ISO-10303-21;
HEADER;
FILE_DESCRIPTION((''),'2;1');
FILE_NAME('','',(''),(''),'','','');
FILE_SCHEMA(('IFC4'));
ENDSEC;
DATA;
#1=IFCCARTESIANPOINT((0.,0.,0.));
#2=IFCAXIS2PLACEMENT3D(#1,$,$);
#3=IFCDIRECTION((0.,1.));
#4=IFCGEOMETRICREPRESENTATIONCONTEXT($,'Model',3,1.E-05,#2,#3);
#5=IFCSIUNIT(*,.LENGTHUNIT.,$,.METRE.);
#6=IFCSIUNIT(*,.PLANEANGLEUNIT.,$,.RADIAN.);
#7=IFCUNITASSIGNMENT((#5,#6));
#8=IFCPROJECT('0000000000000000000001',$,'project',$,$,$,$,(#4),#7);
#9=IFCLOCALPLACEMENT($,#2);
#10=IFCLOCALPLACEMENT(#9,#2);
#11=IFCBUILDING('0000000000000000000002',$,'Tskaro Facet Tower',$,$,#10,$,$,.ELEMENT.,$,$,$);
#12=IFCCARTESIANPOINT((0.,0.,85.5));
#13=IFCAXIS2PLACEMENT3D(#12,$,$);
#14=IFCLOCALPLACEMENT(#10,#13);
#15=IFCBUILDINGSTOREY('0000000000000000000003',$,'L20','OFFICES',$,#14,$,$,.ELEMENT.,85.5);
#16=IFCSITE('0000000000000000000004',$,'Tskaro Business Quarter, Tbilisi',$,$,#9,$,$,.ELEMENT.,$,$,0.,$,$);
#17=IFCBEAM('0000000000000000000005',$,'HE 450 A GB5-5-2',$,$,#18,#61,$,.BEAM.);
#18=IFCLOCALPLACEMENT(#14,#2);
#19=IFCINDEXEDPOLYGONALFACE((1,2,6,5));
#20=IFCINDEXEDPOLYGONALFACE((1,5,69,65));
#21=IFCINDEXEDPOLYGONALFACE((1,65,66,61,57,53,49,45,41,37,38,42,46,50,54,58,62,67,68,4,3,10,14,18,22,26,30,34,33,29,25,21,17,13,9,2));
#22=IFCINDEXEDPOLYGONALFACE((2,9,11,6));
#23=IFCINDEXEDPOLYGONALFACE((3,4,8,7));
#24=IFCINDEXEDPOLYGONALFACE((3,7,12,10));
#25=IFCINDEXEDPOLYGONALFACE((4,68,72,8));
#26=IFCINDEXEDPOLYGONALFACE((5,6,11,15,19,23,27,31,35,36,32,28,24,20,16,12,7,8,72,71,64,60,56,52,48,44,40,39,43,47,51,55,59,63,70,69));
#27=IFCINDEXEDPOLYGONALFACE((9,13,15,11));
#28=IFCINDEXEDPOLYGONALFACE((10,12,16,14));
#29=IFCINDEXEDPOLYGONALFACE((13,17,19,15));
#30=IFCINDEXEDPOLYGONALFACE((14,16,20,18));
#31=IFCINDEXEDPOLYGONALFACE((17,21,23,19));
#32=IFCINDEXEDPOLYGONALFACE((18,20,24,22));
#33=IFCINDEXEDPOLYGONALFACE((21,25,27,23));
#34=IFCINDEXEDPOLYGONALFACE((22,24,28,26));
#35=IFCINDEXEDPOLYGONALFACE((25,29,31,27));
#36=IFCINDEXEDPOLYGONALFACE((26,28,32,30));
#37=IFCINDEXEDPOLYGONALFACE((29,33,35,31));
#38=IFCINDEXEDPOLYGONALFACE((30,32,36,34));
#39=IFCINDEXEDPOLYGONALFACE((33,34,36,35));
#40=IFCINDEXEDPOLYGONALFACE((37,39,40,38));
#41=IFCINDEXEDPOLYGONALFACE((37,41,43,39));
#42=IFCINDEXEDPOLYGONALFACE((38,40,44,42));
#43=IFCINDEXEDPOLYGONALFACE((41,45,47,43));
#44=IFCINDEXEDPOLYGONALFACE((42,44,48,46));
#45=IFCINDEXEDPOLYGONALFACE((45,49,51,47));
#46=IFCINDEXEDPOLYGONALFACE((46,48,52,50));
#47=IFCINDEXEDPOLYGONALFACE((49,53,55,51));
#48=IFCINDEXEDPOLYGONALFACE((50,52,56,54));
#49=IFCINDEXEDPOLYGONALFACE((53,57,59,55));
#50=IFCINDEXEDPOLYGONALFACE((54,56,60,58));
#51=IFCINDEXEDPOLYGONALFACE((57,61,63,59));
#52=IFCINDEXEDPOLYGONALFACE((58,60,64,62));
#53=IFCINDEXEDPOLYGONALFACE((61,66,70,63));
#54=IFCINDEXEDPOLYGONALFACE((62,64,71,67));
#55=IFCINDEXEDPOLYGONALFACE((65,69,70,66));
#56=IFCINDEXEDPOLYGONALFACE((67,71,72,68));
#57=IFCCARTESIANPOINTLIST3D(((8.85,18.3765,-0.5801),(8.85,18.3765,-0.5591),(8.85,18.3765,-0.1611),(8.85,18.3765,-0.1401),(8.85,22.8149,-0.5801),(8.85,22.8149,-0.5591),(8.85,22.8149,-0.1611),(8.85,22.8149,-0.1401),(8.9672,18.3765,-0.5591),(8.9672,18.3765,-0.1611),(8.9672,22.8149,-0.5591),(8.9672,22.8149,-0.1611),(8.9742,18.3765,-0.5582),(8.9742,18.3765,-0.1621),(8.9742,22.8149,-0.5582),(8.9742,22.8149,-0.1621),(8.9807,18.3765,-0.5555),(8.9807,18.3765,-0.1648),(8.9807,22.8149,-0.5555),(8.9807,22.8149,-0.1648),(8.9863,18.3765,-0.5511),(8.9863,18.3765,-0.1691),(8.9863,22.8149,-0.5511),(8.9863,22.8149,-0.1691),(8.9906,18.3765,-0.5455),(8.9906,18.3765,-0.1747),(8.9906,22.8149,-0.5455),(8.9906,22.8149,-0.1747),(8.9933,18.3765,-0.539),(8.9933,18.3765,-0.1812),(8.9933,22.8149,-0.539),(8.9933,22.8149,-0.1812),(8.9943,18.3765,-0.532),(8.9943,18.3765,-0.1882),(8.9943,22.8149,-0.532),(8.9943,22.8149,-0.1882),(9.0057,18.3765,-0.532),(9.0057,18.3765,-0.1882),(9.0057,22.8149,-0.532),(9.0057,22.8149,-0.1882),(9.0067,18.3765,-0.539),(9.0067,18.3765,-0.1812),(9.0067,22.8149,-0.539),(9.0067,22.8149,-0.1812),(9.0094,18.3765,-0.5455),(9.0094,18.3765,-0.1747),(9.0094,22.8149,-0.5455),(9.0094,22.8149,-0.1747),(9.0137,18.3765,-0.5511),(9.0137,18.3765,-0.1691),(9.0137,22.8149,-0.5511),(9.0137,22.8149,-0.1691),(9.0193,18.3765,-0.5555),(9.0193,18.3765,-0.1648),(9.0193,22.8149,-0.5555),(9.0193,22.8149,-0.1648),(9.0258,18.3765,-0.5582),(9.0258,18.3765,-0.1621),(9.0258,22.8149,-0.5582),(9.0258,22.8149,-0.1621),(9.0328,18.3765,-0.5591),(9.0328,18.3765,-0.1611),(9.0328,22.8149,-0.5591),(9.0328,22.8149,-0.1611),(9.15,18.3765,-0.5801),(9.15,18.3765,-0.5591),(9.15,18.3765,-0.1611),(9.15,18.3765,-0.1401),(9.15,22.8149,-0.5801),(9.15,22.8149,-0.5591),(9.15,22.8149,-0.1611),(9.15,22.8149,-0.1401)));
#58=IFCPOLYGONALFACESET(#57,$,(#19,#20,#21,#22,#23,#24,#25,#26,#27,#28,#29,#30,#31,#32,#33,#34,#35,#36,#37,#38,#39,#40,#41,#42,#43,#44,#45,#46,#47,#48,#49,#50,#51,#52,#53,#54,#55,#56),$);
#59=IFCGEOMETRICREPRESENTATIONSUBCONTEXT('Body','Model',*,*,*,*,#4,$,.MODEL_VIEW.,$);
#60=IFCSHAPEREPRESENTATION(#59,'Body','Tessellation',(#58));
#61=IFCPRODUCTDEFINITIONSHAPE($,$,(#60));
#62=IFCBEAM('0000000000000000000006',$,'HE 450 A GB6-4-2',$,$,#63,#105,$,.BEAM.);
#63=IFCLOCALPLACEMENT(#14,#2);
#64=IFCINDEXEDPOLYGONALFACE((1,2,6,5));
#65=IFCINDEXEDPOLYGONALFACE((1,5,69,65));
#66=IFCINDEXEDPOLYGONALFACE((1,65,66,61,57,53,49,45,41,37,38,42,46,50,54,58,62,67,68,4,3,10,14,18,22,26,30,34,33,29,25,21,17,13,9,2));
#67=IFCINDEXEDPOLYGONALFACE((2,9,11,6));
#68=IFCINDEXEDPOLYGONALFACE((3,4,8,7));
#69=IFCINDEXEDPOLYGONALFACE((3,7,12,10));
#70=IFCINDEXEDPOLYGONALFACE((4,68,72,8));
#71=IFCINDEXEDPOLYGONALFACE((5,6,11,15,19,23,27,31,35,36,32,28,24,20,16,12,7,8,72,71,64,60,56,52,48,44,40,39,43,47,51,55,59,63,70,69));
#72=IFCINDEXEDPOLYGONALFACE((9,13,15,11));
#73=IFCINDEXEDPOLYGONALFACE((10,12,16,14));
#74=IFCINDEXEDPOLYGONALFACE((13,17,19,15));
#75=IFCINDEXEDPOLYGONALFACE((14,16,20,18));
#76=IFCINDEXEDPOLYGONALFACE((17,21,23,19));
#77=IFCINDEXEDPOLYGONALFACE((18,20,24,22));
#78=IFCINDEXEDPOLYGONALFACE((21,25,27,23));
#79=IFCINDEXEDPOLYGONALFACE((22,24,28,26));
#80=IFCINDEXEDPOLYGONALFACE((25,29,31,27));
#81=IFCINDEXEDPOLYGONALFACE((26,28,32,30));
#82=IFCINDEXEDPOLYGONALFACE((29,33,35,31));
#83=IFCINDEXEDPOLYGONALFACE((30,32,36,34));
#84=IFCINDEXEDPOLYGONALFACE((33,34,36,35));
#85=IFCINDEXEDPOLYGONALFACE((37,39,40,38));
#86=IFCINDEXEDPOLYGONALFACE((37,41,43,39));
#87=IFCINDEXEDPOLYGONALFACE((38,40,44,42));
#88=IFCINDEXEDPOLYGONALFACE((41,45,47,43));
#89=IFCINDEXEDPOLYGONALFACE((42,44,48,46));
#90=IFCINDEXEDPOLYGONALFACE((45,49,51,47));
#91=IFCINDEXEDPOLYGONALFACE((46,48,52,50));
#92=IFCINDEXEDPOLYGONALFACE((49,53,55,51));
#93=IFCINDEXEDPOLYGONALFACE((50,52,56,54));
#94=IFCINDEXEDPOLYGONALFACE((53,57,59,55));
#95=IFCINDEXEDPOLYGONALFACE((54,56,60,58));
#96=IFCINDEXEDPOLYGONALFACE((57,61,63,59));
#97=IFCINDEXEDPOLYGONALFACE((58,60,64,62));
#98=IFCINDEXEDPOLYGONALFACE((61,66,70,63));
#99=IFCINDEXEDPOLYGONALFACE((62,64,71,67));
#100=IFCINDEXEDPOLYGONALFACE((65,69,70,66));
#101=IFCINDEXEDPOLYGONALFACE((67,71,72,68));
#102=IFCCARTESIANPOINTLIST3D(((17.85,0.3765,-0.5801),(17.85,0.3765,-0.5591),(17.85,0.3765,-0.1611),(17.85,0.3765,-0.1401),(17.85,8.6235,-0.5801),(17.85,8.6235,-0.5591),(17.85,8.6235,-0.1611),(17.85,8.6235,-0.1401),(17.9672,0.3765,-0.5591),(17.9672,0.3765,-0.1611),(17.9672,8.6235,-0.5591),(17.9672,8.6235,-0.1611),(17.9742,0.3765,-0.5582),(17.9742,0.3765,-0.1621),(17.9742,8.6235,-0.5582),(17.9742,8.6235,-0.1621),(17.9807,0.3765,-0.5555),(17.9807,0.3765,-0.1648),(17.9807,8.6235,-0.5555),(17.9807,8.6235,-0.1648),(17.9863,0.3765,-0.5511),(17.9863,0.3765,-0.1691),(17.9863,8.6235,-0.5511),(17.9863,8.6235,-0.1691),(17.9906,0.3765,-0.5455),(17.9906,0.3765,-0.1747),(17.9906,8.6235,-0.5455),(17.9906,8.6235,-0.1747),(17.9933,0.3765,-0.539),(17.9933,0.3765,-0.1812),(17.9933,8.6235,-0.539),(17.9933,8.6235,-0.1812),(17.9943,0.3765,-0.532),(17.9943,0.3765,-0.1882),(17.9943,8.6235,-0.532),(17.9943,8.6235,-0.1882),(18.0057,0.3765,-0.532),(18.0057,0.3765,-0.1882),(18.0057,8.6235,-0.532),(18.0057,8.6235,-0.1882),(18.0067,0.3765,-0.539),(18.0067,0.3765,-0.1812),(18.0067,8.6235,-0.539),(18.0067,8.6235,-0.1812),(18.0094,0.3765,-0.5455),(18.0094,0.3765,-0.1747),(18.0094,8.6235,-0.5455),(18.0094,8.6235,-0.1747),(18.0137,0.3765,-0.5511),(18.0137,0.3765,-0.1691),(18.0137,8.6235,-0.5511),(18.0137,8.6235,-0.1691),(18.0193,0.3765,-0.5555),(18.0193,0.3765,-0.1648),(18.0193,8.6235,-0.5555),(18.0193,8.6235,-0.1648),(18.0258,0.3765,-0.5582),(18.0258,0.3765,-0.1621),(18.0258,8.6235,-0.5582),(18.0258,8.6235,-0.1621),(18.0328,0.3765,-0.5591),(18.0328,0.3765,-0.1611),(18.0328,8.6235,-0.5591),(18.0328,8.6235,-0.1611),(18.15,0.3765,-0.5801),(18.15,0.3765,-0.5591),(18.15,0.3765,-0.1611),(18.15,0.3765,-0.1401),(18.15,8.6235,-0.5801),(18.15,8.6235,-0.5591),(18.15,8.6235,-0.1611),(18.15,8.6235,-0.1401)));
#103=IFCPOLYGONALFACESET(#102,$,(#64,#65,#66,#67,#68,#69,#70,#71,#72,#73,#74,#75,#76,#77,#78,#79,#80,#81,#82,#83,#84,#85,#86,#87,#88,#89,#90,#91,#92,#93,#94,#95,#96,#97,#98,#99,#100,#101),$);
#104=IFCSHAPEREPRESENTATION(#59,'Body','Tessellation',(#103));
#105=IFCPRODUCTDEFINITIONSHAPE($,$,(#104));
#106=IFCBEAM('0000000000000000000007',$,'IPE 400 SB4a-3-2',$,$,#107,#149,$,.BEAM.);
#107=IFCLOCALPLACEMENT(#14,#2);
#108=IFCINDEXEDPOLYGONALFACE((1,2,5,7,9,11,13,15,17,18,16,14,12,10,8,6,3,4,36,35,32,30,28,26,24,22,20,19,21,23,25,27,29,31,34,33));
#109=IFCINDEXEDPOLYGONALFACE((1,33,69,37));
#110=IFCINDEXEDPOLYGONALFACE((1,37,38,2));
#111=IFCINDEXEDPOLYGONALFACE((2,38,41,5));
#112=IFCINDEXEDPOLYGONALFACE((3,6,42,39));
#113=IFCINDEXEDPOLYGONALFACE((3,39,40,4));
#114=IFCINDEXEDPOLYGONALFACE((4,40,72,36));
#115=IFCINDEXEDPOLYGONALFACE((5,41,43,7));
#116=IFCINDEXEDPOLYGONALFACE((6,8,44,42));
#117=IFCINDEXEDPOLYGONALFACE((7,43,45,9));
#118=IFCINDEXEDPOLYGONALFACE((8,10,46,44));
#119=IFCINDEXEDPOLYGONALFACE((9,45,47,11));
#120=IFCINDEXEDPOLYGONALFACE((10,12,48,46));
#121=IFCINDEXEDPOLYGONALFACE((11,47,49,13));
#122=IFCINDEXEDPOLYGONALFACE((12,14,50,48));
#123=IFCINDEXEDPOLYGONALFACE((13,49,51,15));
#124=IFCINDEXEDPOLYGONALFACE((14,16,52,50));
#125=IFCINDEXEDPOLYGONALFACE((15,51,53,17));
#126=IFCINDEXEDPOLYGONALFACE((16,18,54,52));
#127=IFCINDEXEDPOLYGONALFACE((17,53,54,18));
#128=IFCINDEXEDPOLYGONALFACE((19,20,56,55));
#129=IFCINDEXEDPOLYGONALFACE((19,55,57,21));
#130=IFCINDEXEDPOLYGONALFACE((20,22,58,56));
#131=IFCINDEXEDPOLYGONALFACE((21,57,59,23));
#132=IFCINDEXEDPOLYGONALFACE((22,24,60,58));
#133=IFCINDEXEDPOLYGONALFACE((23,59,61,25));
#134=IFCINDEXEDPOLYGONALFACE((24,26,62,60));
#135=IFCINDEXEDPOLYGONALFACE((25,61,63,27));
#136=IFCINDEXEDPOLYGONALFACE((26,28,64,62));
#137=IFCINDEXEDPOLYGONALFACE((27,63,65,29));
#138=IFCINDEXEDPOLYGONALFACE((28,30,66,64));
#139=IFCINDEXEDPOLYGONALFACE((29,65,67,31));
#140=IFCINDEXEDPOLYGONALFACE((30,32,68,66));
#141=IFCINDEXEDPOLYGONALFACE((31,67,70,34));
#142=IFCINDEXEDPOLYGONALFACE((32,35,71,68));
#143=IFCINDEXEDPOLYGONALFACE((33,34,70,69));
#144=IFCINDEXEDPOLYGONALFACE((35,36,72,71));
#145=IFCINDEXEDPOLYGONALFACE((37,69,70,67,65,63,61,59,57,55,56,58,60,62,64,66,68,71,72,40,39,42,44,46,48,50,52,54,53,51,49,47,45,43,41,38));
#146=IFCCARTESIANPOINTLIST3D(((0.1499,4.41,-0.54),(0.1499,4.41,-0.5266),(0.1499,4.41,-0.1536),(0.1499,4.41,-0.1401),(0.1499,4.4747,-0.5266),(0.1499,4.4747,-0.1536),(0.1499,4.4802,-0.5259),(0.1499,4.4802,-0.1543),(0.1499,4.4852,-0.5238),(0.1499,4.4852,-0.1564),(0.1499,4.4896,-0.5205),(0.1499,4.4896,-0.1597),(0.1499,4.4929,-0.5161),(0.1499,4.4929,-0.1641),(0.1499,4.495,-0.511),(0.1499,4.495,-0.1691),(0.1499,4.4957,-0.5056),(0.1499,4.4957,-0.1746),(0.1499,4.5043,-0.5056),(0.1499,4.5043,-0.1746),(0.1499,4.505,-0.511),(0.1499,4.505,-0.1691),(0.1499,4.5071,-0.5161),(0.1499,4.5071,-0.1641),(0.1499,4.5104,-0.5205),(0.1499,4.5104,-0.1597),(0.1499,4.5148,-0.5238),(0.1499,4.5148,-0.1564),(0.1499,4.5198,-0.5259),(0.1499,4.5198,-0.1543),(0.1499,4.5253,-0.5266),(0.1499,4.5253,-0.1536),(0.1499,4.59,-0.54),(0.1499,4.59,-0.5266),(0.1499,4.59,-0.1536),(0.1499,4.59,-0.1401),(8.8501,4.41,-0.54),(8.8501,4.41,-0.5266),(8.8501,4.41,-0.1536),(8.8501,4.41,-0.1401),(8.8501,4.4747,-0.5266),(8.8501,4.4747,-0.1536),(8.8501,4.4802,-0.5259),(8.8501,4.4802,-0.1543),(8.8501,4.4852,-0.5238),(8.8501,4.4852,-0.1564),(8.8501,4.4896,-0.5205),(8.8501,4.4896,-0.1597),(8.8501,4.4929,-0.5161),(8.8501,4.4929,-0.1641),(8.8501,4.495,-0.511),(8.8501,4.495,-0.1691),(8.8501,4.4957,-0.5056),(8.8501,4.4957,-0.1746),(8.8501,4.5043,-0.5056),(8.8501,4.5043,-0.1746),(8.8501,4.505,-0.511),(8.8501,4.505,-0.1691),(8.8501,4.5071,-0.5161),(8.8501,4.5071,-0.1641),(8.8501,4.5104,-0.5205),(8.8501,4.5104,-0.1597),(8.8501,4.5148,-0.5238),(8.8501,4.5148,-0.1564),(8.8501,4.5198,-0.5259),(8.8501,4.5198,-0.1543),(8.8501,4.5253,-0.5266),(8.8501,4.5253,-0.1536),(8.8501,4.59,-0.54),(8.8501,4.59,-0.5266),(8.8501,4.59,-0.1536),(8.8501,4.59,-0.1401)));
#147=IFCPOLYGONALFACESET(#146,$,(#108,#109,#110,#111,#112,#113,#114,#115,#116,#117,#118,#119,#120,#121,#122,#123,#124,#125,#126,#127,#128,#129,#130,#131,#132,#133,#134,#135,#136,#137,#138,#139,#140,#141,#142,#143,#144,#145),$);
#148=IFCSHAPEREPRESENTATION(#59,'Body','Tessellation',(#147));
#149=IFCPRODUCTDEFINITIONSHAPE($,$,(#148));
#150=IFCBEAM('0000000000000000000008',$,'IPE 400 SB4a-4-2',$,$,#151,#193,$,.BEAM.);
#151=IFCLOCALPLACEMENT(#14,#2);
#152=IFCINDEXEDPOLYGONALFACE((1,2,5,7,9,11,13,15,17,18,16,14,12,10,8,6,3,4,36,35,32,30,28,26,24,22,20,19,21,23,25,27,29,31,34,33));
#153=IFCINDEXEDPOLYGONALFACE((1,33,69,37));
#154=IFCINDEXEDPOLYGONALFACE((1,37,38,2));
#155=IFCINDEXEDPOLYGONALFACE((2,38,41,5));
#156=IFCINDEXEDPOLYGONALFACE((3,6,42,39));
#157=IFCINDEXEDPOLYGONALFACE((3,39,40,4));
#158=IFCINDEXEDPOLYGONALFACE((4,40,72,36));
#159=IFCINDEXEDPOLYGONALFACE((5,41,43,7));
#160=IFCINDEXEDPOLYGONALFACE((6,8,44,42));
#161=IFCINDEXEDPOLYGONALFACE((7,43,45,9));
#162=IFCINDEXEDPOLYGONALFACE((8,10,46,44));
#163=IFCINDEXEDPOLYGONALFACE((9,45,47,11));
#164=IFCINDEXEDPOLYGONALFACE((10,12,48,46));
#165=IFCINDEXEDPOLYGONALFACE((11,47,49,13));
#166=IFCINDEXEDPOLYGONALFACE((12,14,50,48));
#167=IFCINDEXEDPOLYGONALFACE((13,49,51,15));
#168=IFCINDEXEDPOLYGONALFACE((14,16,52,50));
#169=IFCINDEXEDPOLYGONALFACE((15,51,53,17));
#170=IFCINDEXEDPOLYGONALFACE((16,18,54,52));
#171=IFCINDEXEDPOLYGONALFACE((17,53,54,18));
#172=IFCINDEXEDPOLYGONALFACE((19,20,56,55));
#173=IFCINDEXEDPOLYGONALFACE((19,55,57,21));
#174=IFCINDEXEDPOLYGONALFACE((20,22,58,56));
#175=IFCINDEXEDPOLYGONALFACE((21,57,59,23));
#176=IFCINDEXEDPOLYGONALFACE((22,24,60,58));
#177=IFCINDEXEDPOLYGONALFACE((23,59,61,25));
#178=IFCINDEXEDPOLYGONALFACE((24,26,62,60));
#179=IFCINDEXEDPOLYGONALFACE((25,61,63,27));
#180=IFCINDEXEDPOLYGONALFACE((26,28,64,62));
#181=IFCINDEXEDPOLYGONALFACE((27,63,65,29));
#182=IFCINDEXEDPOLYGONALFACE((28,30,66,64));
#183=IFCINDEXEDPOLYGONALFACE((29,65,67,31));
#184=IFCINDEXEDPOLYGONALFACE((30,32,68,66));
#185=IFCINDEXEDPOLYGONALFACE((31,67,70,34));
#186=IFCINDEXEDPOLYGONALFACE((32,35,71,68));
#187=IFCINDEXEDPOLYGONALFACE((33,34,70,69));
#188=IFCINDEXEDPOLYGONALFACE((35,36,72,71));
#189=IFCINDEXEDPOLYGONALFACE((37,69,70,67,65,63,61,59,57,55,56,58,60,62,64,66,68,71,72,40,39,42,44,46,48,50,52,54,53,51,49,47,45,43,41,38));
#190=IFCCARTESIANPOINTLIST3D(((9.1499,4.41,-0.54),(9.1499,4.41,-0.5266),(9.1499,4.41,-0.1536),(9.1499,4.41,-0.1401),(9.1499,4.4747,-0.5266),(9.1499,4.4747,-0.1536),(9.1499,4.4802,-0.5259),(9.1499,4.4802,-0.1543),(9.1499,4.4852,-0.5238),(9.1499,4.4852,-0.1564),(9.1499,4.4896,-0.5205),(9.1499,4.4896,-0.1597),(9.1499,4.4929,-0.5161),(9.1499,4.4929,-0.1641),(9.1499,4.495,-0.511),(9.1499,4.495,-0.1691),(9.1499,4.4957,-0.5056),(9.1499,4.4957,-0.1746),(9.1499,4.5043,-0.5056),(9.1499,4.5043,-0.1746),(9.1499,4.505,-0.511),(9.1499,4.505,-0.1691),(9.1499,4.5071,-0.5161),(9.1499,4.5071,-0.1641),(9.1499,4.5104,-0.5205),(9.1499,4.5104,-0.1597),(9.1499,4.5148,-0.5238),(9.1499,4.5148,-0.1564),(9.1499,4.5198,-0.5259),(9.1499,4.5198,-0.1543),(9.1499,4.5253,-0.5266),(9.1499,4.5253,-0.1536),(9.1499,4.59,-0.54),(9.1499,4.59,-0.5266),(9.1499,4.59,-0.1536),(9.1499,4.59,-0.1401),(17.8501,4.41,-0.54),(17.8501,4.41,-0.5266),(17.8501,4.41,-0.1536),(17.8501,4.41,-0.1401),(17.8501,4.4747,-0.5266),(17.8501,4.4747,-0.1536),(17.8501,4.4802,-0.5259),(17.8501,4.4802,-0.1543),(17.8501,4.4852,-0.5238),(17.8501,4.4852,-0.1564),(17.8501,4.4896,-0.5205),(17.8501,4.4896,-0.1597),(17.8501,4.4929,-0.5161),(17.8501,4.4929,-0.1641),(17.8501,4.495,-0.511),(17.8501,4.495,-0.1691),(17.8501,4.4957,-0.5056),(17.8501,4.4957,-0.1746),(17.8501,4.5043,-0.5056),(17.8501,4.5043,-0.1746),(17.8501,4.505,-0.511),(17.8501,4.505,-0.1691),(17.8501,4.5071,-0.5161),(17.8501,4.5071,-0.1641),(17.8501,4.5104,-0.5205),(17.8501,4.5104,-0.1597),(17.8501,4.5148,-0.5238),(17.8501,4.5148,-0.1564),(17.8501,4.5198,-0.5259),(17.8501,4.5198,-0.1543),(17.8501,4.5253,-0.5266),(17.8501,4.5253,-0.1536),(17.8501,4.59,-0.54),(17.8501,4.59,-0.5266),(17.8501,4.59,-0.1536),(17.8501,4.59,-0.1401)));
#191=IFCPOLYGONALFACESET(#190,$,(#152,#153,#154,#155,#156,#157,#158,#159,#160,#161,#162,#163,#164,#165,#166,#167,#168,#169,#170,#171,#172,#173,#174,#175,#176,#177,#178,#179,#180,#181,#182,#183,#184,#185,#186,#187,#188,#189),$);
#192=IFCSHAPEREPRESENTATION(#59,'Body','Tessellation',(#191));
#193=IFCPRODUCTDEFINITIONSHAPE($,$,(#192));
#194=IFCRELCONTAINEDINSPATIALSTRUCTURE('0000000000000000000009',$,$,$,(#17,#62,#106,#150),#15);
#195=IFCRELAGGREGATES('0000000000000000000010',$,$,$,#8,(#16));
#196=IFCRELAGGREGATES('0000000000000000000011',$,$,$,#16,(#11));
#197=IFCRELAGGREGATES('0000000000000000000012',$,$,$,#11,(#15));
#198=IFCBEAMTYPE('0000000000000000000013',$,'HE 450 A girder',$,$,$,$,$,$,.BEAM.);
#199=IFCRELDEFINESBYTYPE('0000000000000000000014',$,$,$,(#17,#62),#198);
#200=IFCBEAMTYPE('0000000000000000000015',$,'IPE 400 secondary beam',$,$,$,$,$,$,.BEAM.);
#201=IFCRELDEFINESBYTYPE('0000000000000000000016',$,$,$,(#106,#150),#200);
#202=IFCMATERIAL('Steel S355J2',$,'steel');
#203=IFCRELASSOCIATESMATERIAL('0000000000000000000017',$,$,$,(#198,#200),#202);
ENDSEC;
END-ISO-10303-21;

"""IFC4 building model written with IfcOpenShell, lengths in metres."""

from ifc_helpers import new_model, si_unit, direction, frame, origin, origin_2d, place, context, subcontext, project, spatial, i_section, extrude, material, material_profile, profile_set, type_object, element, save


model = new_model("IFC4")

# Units and contexts
model_context = context("Model", 3, precision=1e-05, world=origin(), true_north=direction((0.0, 1.0)))
body_context = subcontext(model_context, "Body", "Model", "MODEL_VIEW")
ifc_project = project(units=[si_unit("LENGTHUNIT", "METRE"), si_unit("PLANEANGLEUNIT", "RADIAN")], contexts=[model_context])

# Site, building, storey
site_placement = place(None, origin())
site = spatial("IfcSite", under=ifc_project, at=site_placement, Name="Tskaro Business Quarter, Tbilisi", CompositionType="ELEMENT", RefElevation=0.0)
building_placement = place(site_placement, origin())
building = spatial("IfcBuilding", under=site, at=building_placement, Name="Tskaro Facet Tower", CompositionType="ELEMENT")
storey_placement = place(building_placement, frame((0.0, 0.0, 85.5)))
storey = spatial("IfcBuildingStorey", under=building, at=storey_placement, Name="L20", Description="OFFICES", CompositionType="ELEMENT", Elevation=85.5)

# Beams
ifc_material_1 = material(Name="Steel S355J2", Category="steel")
ifc_material_profile_1 = material_profile(ifc_material_1, i_section(OverallWidth=0.3, OverallDepth=0.4399, WebThickness=0.0115, FlangeThickness=0.021, FilletRadius=0.0271, at=origin_2d()), Name="HE 450 A")
ifc_profile_set_1 = profile_set([ifc_material_profile_1], Name="Steel S355J2")
beam_type_1 = type_object("IfcBeamType", Name="HE 450 A girder", PredefinedType="BEAM", material=ifc_profile_set_1)
beam_1_placement = place(storey_placement, frame((9.0, 18.3765, -0.3601), z_axis=(0.0, 1.0, 0.0), x_axis=(-1.0, 0.0, 0.0)))
element("IfcBeam", 1, at=beam_1_placement, inside=storey, type_object=beam_type_1, Name="HE 450 A GB5-5-2", PredefinedType="BEAM", context=body_context, shape_type="SweptSolid", body=[
    extrude(i_section(OverallWidth=0.3, OverallDepth=0.4399, WebThickness=0.0115, FlangeThickness=0.021, FilletRadius=0.0271, at=origin_2d()), origin(), (0.0, 0.0, 1.0), 4.4385),
])
beam_2_placement = place(storey_placement, frame((18.0, 0.3765, -0.3601), z_axis=(0.0, 1.0, 0.0), x_axis=(-1.0, 0.0, 0.0)))
element("IfcBeam", 2, at=beam_2_placement, inside=storey, type_object=beam_type_1, Name="HE 450 A GB6-4-2", PredefinedType="BEAM", context=body_context, shape_type="SweptSolid", body=[
    extrude(i_section(OverallWidth=0.3, OverallDepth=0.4399, WebThickness=0.0115, FlangeThickness=0.021, FilletRadius=0.0271, at=origin_2d()), origin(), (0.0, 0.0, 1.0), 8.2471),
])
ifc_material_profile_2 = material_profile(ifc_material_1, i_section(OverallWidth=0.1799, OverallDepth=0.3999, WebThickness=0.0085, FlangeThickness=0.0134, FilletRadius=0.021, at=origin_2d()), Name="IPE 400")
ifc_profile_set_2 = profile_set([ifc_material_profile_2], Name="Steel S355J2")
beam_type_2 = type_object("IfcBeamType", Name="IPE 400 secondary beam", PredefinedType="BEAM", material=ifc_profile_set_2)
for number, where, z_axis, x_axis, name in (
    (3, (0.1499, 4.5, -0.3401), (1.0, 0.0, 0.0), (0.0, 1.0, 0.0), "IPE 400 SB4a-3-2"),
    (4, (9.1499, 4.5, -0.3401), (1.0, 0.0, 0.0), (0.0, 1.0, 0.0), "IPE 400 SB4a-4-2"),
):
    element("IfcBeam", number, at=place(storey_placement, frame(where, z_axis=z_axis, x_axis=x_axis)), inside=storey, type_object=beam_type_2, Name=name, PredefinedType="BEAM", context=body_context, shape_type="SweptSolid", body=[
        extrude(i_section(OverallWidth=0.1799, OverallDepth=0.3999, WebThickness=0.0085, FlangeThickness=0.0134, FilletRadius=0.021, at=origin_2d()), origin(), (0.0, 0.0, 1.0), 8.7002),
    ])

save(model, "model.ifc")
